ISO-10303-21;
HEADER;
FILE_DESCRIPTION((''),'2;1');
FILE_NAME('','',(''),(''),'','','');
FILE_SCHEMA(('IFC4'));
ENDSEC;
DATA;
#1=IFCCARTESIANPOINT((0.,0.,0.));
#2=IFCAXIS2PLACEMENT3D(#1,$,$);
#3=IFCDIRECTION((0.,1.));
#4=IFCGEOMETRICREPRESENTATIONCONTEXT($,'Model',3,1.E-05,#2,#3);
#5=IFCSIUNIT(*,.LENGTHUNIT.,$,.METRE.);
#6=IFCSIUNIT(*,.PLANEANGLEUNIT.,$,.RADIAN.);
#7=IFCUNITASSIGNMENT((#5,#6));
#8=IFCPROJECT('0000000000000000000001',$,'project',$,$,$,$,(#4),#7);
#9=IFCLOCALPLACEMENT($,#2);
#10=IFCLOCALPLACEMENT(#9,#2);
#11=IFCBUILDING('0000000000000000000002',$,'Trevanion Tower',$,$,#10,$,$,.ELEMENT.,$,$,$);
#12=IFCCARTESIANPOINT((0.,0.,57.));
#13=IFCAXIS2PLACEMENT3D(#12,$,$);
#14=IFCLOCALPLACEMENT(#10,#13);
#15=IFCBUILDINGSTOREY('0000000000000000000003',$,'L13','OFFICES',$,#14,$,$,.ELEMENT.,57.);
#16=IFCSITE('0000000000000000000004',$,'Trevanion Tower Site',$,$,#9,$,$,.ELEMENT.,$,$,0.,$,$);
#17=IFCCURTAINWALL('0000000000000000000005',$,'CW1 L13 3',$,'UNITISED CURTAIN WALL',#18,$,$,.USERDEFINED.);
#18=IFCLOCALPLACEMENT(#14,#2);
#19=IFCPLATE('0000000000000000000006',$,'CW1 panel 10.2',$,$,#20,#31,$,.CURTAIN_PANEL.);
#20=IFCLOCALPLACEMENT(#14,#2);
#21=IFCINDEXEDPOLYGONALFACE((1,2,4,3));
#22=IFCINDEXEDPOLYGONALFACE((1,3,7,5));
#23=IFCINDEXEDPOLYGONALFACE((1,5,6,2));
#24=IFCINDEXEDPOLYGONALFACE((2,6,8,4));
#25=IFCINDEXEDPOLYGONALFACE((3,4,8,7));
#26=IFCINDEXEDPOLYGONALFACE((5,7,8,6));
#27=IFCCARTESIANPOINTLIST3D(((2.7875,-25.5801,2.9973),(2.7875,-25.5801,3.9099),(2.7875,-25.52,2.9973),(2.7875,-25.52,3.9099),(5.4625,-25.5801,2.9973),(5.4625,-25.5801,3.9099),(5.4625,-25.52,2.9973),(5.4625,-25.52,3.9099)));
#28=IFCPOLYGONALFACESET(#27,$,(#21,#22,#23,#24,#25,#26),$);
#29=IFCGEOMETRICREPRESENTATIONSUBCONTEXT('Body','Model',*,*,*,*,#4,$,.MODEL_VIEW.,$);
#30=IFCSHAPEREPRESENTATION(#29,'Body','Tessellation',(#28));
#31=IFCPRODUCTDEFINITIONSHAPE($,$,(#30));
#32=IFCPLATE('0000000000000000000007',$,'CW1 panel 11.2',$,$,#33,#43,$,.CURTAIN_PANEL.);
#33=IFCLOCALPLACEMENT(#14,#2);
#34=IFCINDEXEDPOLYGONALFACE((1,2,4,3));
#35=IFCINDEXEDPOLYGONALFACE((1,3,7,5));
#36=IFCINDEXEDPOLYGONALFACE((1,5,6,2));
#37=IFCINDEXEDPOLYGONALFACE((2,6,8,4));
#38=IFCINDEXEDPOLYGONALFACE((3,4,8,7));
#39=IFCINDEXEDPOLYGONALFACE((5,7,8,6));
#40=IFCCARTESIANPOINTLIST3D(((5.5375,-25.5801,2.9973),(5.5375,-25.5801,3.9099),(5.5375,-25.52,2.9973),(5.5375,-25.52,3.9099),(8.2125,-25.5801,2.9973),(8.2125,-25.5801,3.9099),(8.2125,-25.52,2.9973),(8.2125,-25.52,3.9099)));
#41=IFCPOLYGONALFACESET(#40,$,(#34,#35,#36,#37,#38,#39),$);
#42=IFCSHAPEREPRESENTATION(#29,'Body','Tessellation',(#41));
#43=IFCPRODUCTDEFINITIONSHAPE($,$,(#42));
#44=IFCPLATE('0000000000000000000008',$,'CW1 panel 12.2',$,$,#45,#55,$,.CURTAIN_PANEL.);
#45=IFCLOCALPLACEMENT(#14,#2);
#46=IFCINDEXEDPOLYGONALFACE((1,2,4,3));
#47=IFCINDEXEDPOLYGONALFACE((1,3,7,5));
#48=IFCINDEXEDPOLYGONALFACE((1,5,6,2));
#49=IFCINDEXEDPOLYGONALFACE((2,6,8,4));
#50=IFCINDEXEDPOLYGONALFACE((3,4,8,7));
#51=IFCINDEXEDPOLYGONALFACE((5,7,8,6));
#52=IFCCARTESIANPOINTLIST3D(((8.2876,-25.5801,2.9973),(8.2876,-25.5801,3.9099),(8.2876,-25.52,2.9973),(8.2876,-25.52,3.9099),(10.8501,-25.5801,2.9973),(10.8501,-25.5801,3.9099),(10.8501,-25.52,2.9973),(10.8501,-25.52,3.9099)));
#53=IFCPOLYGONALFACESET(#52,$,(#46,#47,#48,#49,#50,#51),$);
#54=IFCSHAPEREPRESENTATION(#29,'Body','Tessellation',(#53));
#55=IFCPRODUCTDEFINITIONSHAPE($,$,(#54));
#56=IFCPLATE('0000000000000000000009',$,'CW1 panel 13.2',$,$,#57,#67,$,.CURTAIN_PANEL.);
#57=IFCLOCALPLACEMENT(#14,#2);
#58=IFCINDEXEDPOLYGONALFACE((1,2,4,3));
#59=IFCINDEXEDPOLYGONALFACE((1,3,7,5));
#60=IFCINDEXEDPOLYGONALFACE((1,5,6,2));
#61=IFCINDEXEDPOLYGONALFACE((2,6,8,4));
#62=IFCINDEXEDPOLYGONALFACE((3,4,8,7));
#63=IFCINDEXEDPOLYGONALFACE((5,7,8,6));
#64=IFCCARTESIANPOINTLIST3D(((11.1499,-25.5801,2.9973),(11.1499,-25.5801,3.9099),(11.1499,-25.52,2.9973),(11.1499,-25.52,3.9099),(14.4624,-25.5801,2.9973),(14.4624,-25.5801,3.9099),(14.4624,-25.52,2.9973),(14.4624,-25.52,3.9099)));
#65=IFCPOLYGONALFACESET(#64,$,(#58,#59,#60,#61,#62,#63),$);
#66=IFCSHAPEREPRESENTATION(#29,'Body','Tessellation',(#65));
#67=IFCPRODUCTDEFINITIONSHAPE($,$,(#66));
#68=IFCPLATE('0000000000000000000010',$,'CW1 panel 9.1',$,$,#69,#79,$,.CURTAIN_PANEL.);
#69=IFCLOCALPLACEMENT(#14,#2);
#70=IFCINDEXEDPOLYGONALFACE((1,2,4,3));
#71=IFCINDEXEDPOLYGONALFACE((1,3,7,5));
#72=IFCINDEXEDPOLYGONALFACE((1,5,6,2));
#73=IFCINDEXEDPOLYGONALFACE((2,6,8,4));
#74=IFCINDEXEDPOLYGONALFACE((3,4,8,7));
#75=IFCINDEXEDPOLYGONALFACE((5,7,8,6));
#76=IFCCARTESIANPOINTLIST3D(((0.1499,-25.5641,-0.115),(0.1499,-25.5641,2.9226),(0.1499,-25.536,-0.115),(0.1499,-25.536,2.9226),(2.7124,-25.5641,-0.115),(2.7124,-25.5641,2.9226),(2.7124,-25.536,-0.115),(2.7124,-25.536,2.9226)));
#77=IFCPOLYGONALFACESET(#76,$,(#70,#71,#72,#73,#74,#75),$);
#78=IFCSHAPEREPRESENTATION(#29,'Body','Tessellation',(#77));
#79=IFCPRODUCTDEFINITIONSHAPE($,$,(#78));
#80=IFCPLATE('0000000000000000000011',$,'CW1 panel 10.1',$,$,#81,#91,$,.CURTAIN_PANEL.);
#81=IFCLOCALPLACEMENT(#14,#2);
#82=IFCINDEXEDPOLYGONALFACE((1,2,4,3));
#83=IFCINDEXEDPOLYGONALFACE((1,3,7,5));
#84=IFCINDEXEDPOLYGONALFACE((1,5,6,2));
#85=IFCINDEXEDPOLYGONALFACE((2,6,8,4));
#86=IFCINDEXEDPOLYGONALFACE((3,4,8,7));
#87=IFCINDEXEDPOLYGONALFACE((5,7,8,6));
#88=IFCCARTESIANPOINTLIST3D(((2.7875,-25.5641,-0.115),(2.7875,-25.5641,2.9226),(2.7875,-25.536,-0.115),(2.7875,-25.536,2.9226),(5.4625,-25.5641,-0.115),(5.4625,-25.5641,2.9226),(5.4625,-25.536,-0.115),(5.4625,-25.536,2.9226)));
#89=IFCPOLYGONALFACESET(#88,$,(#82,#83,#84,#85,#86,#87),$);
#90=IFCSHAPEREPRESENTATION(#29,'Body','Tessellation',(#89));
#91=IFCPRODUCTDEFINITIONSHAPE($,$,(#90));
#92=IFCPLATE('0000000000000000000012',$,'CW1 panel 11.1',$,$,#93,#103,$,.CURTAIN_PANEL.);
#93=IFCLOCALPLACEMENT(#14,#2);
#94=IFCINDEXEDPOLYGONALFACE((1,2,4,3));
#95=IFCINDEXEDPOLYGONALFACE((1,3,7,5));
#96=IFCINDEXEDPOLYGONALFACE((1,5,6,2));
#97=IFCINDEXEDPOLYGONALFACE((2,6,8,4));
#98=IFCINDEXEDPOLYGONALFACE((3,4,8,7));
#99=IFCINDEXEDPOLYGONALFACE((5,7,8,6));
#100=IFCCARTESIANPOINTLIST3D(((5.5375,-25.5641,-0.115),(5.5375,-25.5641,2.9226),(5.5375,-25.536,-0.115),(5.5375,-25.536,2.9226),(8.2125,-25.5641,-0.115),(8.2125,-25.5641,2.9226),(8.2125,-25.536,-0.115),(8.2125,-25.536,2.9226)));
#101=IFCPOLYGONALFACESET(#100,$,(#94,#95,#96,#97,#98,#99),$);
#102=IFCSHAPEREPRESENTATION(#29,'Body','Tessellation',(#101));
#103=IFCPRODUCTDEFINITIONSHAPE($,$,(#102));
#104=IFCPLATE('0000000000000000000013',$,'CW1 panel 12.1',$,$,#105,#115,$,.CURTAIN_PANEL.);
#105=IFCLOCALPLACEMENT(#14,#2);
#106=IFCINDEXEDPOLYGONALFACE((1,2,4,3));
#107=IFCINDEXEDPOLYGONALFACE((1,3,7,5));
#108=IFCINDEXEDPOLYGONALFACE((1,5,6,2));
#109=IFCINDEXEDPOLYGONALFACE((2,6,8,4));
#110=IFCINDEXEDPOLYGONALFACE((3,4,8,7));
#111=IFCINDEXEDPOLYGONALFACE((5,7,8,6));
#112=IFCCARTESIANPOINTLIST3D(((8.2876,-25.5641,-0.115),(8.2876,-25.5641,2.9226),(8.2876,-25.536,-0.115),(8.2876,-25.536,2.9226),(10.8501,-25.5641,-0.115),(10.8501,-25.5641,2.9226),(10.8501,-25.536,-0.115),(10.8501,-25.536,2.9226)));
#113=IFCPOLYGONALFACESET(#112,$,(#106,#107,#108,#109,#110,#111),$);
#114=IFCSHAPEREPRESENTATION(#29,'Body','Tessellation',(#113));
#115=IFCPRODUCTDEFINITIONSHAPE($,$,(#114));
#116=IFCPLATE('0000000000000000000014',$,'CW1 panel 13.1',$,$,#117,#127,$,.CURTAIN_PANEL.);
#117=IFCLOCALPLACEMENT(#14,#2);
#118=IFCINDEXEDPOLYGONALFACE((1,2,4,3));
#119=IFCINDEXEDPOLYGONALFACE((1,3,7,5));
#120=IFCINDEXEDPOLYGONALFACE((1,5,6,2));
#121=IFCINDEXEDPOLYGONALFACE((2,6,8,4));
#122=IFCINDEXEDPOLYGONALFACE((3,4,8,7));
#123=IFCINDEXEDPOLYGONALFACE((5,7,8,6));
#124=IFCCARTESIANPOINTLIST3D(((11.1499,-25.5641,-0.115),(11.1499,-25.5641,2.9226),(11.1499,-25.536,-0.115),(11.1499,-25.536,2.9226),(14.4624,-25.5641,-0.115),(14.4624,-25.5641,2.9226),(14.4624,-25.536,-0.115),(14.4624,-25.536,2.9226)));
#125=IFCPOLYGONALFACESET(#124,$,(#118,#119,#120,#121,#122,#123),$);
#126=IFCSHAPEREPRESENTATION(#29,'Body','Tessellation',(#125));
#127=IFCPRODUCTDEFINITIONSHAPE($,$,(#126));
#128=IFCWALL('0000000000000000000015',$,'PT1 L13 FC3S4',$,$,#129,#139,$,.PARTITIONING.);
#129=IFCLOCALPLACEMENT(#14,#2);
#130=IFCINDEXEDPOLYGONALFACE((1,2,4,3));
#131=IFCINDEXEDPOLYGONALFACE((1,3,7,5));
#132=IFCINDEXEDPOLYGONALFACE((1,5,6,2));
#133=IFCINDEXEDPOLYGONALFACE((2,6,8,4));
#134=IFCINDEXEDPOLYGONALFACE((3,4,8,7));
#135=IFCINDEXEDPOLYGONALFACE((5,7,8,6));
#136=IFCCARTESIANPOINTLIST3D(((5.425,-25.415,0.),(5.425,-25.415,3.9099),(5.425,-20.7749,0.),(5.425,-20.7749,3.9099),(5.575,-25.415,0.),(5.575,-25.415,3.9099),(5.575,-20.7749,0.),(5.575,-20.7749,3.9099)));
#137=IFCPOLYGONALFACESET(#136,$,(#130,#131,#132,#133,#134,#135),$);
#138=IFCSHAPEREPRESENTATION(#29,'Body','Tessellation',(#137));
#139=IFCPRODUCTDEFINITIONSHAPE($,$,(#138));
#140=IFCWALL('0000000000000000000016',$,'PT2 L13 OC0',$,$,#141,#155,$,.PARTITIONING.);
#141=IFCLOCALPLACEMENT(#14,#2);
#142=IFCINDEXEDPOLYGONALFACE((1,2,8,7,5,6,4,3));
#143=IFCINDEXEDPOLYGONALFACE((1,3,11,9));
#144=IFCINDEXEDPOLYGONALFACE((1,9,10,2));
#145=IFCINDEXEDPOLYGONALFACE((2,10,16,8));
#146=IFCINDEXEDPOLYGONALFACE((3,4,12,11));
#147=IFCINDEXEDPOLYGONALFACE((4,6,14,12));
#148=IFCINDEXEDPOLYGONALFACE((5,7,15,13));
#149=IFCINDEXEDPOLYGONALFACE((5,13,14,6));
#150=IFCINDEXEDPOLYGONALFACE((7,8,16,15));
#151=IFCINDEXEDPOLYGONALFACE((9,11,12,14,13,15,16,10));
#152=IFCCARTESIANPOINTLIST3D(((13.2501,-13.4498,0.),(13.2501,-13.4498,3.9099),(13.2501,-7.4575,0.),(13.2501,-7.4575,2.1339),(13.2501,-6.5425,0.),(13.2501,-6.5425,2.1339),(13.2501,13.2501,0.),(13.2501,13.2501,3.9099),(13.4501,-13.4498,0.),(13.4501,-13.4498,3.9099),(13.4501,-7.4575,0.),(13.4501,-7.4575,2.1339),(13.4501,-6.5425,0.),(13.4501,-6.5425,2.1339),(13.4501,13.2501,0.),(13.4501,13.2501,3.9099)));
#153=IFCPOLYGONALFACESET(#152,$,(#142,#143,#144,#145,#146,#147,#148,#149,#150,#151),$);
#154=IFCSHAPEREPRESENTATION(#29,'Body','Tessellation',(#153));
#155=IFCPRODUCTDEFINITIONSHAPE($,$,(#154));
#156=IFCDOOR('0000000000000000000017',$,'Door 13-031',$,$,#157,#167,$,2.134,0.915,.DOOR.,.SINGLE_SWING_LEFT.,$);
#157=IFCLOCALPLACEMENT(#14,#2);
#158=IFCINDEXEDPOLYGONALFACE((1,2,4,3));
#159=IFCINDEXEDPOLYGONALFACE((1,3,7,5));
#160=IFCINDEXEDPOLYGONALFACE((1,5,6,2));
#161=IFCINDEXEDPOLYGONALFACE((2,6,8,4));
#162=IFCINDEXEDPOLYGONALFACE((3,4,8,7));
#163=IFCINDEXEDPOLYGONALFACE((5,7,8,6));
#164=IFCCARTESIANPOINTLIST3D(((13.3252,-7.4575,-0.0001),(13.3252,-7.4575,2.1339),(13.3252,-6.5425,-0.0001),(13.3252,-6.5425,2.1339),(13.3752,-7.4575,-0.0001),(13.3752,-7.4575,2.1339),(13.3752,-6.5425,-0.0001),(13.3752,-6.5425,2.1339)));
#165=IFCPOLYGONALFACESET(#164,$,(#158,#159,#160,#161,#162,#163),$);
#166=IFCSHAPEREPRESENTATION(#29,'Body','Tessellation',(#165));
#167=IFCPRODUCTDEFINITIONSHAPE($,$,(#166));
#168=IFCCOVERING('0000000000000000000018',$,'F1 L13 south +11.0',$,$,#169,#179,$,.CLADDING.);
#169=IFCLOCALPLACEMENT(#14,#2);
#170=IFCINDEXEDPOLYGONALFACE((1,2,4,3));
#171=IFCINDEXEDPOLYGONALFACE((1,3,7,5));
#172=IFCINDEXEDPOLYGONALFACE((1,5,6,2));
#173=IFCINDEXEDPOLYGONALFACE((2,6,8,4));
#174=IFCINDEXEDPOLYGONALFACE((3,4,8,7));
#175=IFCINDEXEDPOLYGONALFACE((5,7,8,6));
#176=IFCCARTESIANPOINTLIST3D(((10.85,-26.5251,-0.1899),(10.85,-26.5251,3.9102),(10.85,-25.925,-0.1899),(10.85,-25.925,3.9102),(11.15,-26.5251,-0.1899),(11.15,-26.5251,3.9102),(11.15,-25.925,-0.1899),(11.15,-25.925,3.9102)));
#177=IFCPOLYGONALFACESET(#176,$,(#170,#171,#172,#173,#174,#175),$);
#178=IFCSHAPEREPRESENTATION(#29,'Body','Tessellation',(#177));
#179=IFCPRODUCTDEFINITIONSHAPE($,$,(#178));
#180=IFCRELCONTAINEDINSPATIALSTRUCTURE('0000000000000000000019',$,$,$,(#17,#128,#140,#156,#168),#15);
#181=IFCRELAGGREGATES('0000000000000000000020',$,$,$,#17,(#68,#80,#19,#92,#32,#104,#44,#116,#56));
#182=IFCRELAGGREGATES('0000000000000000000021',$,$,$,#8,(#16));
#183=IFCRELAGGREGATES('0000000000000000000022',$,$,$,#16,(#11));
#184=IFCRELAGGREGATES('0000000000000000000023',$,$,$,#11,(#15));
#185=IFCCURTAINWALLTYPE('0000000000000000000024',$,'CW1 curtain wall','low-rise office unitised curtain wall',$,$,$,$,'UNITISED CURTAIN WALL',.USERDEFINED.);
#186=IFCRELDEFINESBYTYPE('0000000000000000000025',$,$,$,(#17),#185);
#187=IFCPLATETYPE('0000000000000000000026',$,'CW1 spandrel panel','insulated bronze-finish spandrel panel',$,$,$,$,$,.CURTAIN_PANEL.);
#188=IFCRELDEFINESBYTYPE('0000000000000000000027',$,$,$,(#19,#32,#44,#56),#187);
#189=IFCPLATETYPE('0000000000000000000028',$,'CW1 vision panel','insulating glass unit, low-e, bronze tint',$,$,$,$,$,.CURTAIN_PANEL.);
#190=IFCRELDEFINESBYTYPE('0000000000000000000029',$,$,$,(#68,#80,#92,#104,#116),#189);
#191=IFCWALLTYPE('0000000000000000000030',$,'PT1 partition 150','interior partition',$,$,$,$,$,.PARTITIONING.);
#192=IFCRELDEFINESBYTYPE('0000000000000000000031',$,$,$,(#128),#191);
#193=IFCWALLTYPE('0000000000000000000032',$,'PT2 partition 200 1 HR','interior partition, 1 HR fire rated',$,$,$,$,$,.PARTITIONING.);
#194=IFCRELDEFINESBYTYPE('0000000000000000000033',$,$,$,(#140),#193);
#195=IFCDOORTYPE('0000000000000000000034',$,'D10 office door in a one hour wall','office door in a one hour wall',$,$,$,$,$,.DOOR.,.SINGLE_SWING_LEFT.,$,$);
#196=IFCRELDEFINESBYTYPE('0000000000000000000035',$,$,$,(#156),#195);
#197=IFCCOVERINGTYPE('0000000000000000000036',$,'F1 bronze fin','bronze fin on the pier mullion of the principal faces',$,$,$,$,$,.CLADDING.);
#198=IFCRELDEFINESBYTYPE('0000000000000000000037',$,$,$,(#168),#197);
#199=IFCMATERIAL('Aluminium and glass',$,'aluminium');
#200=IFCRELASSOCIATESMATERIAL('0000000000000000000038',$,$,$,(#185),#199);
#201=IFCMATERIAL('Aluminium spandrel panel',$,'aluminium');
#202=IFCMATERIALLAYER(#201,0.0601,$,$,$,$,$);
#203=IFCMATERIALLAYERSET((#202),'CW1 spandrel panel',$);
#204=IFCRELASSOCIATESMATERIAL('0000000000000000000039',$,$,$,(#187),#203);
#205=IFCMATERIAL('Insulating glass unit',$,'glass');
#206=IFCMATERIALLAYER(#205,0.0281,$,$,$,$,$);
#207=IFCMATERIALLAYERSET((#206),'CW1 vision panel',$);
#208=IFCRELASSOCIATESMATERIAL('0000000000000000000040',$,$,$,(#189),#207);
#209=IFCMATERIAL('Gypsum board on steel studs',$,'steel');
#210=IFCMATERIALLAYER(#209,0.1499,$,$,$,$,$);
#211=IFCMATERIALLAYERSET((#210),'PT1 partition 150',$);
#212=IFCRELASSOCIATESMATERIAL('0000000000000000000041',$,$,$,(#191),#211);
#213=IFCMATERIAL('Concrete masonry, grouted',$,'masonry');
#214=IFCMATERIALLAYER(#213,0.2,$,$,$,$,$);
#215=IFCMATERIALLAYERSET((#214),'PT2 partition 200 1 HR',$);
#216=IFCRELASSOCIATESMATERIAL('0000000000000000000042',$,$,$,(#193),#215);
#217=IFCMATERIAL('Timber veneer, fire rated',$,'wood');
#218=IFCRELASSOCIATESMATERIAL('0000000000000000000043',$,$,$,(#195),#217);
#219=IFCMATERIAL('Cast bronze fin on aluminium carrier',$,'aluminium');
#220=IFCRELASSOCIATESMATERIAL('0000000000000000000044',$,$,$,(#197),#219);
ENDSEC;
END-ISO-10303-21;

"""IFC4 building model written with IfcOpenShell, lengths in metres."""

from ifc_helpers import new_model, si_unit, direction, frame, frame_2d, origin, origin_2d, place, context, subcontext, project, spatial, rectangle, extrude, material, layer, layer_set, type_object, element, fill, aggregate, save


model = new_model("IFC4")

# Units and contexts
model_context = context("Model", 3, precision=1e-05, world=origin(), true_north=direction((0.0, 1.0)))
body_context = subcontext(model_context, "Body", "Model", "MODEL_VIEW")
ifc_project = project(units=[si_unit("LENGTHUNIT", "METRE"), si_unit("PLANEANGLEUNIT", "RADIAN")], contexts=[model_context])

# Site, building, storey
site_placement = place(None, origin())
site = spatial("IfcSite", under=ifc_project, at=site_placement, Name="Trevanion Tower Site", CompositionType="ELEMENT", RefElevation=0.0)
building_placement = place(site_placement, origin())
building = spatial("IfcBuilding", under=site, at=building_placement, Name="Trevanion Tower", CompositionType="ELEMENT")
storey_placement = place(building_placement, frame((0.0, 0.0, 57.0)))
storey = spatial("IfcBuildingStorey", under=building, at=storey_placement, Name="L13", Description="OFFICES", CompositionType="ELEMENT", Elevation=57.0)

# Curtain wall
ifc_material_1 = material(Name="Aluminium and glass", Category="aluminium")
curtain_wall_type = type_object("IfcCurtainWallType", Name="CW1 curtain wall", Description="low-rise office unitised curtain wall", ElementType="UNITISED CURTAIN WALL", PredefinedType="USERDEFINED", material=ifc_material_1)
curtain_wall_placement = place(storey_placement, origin())
curtain_wall = element("IfcCurtainWall", 1, at=curtain_wall_placement, inside=storey, type_object=curtain_wall_type, Name="CW1 L13 3", ObjectType="UNITISED CURTAIN WALL", PredefinedType="USERDEFINED")

# Plates
ifc_material_2 = material(Name="Aluminium spandrel panel", Category="aluminium")
ifc_layer_1 = layer(ifc_material_2, 0.0601)
ifc_layer_set_1 = layer_set([ifc_layer_1], Name="CW1 spandrel panel")
plate_type_1 = type_object("IfcPlateType", Name="CW1 spandrel panel", Description="insulated bronze-finish spandrel panel", PredefinedType="CURTAIN_PANEL", material=ifc_layer_set_1)
plate_1_placement = place(storey_placement, frame((4.125, -25.55, 2.9973), z_axis=(0.0, 0.0, 1.0), x_axis=(1.0, 0.0, 0.0)))
plate_1 = element("IfcPlate", 2, at=plate_1_placement, type_object=plate_type_1, Name="CW1 panel 10.2", PredefinedType="CURTAIN_PANEL", context=body_context, shape_type="SweptSolid", body=[
    extrude(rectangle(XDim=2.675, YDim=0.0601, at=origin_2d()), origin(), (0.0, 0.0, 1.0), 0.9126),
])
plate_2_placement = place(storey_placement, frame((6.875, -25.55, 2.9973), z_axis=(0.0, 0.0, 1.0), x_axis=(1.0, 0.0, 0.0)))
plate_2 = element("IfcPlate", 3, at=plate_2_placement, type_object=plate_type_1, Name="CW1 panel 11.2", PredefinedType="CURTAIN_PANEL", context=body_context, shape_type="SweptSolid", body=[
    extrude(rectangle(XDim=2.675, YDim=0.0601, at=origin_2d()), origin(), (0.0, 0.0, 1.0), 0.9126),
])
plate_3_placement = place(storey_placement, frame((9.5688, -25.55, 2.9973), z_axis=(0.0, 0.0, 1.0), x_axis=(1.0, 0.0, 0.0)))
plate_3 = element("IfcPlate", 4, at=plate_3_placement, type_object=plate_type_1, Name="CW1 panel 12.2", PredefinedType="CURTAIN_PANEL", context=body_context, shape_type="SweptSolid", body=[
    extrude(rectangle(XDim=2.5625, YDim=0.0601, at=origin_2d()), origin(), (0.0, 0.0, 1.0), 0.9126),
])
plate_4_placement = place(storey_placement, frame((12.8062, -25.55, 2.9973), z_axis=(0.0, 0.0, 1.0), x_axis=(1.0, 0.0, 0.0)))
plate_4 = element("IfcPlate", 5, at=plate_4_placement, type_object=plate_type_1, Name="CW1 panel 13.2", PredefinedType="CURTAIN_PANEL", context=body_context, shape_type="SweptSolid", body=[
    extrude(rectangle(XDim=3.3125, YDim=0.0601, at=origin_2d()), origin(), (0.0, 0.0, 1.0), 0.9126),
])
ifc_material_3 = material(Name="Insulating glass unit", Category="glass")
ifc_layer_2 = layer(ifc_material_3, 0.0281)
ifc_layer_set_2 = layer_set([ifc_layer_2], Name="CW1 vision panel")
plate_type_2 = type_object("IfcPlateType", Name="CW1 vision panel", Description="insulating glass unit, low-e, bronze tint", PredefinedType="CURTAIN_PANEL", material=ifc_layer_set_2)
plate_5_placement = place(storey_placement, frame((1.4312, -25.55, -0.115), z_axis=(0.0, 0.0, 1.0), x_axis=(1.0, 0.0, 0.0)))
plate_5 = element("IfcPlate", 6, at=plate_5_placement, type_object=plate_type_2, Name="CW1 panel 9.1", PredefinedType="CURTAIN_PANEL", context=body_context, shape_type="SweptSolid", body=[
    extrude(rectangle(XDim=2.5625, YDim=0.0281, at=origin_2d()), origin(), (0.0, 0.0, 1.0), 3.0376),
])
plate_6_placement = place(storey_placement, frame((4.125, -25.55, -0.115), z_axis=(0.0, 0.0, 1.0), x_axis=(1.0, 0.0, 0.0)))
plate_6 = element("IfcPlate", 7, at=plate_6_placement, type_object=plate_type_2, Name="CW1 panel 10.1", PredefinedType="CURTAIN_PANEL", context=body_context, shape_type="SweptSolid", body=[
    extrude(rectangle(XDim=2.675, YDim=0.0281, at=origin_2d()), origin(), (0.0, 0.0, 1.0), 3.0376),
])
plate_7_placement = place(storey_placement, frame((6.875, -25.55, -0.115), z_axis=(0.0, 0.0, 1.0), x_axis=(1.0, 0.0, 0.0)))
plate_7 = element("IfcPlate", 8, at=plate_7_placement, type_object=plate_type_2, Name="CW1 panel 11.1", PredefinedType="CURTAIN_PANEL", context=body_context, shape_type="SweptSolid", body=[
    extrude(rectangle(XDim=2.675, YDim=0.0281, at=origin_2d()), origin(), (0.0, 0.0, 1.0), 3.0376),
])
plate_8_placement = place(storey_placement, frame((9.5688, -25.55, -0.115), z_axis=(0.0, 0.0, 1.0), x_axis=(1.0, 0.0, 0.0)))
plate_8 = element("IfcPlate", 9, at=plate_8_placement, type_object=plate_type_2, Name="CW1 panel 12.1", PredefinedType="CURTAIN_PANEL", context=body_context, shape_type="SweptSolid", body=[
    extrude(rectangle(XDim=2.5625, YDim=0.0281, at=origin_2d()), origin(), (0.0, 0.0, 1.0), 3.0376),
])
plate_9_placement = place(storey_placement, frame((12.8062, -25.55, -0.115), z_axis=(0.0, 0.0, 1.0), x_axis=(1.0, 0.0, 0.0)))
plate_9 = element("IfcPlate", 10, at=plate_9_placement, type_object=plate_type_2, Name="CW1 panel 13.1", PredefinedType="CURTAIN_PANEL", context=body_context, shape_type="SweptSolid", body=[
    extrude(rectangle(XDim=3.3125, YDim=0.0281, at=origin_2d()), origin(), (0.0, 0.0, 1.0), 3.0376),
])
aggregate(curtain_wall, [plate_5, plate_6, plate_1, plate_7, plate_2, plate_8, plate_3, plate_9, plate_4])

# Wall
ifc_material_4 = material(Name="Gypsum board on steel studs", Category="steel")
ifc_layer_3 = layer(ifc_material_4, 0.1499)
ifc_layer_set_3 = layer_set([ifc_layer_3], Name="PT1 partition 150")
wall_type_1 = type_object("IfcWallType", Name="PT1 partition 150", Description="interior partition", PredefinedType="PARTITIONING", material=ifc_layer_set_3)
wall_1_placement = place(storey_placement, frame((5.5, -20.7749, 0.0), z_axis=(0.0, 0.0, 1.0), x_axis=(0.0, -1.0, 0.0)))
element("IfcWall", 11, at=wall_1_placement, inside=storey, type_object=wall_type_1, Name="PT1 L13 FC3S4", PredefinedType="PARTITIONING", context=body_context, shape_type="SweptSolid", body=[
    extrude(rectangle(XDim=4.6401, YDim=0.1499, at=frame_2d((2.3201, 0.0))), origin(), (0.0, 0.0, 1.0), 3.9099),
])

# Wall, opening, door
ifc_material_5 = material(Name="Concrete masonry, grouted", Category="masonry")
ifc_layer_4 = layer(ifc_material_5, 0.2)
ifc_layer_set_4 = layer_set([ifc_layer_4], Name="PT2 partition 200 1 HR")
wall_type_2 = type_object("IfcWallType", Name="PT2 partition 200 1 HR", Description="interior partition, 1 HR fire rated", PredefinedType="PARTITIONING", material=ifc_layer_set_4)
wall_2_placement = place(storey_placement, frame((13.3501, -13.45, 0.0), z_axis=(0.0, 0.0, 1.0), x_axis=(0.0, 1.0, 0.0)))
wall_2 = element("IfcWall", 12, at=wall_2_placement, inside=storey, type_object=wall_type_2, Name="PT2 L13 OC0", PredefinedType="PARTITIONING", context=body_context, shape_type="SweptSolid", body=[
    extrude(rectangle(XDim=26.7, YDim=0.2, at=frame_2d((13.3501, 0.0))), origin(), (0.0, 0.0, 1.0), 3.9099),
])
opening_placement = place(wall_2_placement, frame((5.9924, 0.0, 0.0)))
opening = element("IfcOpeningElement", 13, at=opening_placement, cuts=wall_2, PredefinedType="OPENING", context=body_context, shape_type="SweptSolid", body=[
    extrude(rectangle(XDim=0.915, YDim=2.134, at=frame_2d((0.4575, 1.0669))), frame((0.0, 0.1099, 0.0), z_axis=(0.0, -1.0, 0.0), x_axis=(1.0, 0.0, 0.0)), (0.0, 0.0, 1.0), 0.22),
])
ifc_material_6 = material(Name="Timber veneer, fire rated", Category="wood")
door_type = type_object("IfcDoorType", Name="D10 office door in a one hour wall", Description="office door in a one hour wall", OperationType="SINGLE_SWING_LEFT", PredefinedType="DOOR", material=ifc_material_6)
door_placement = place(opening_placement, origin())
door = element("IfcDoor", 14, at=door_placement, inside=storey, type_object=door_type, Name="Door 13-031", OperationType="SINGLE_SWING_LEFT", OverallHeight=2.134, OverallWidth=0.915, PredefinedType="DOOR", context=body_context, shape_type="SweptSolid", body=[
    extrude(rectangle(XDim=0.915, YDim=2.134, at=frame_2d((0.4575, 1.0669))), frame((0.0, 0.0249, 0.0), z_axis=(0.0, -1.0, 0.0), x_axis=(1.0, 0.0, 0.0)), (0.0, 0.0, 1.0), 0.05),
])
fill(opening, door)

# Covering
ifc_material_7 = material(Name="Cast bronze fin on aluminium carrier", Category="aluminium")
covering_type = type_object("IfcCoveringType", Name="F1 bronze fin", Description="bronze fin on the pier mullion of the principal faces", PredefinedType="CLADDING", material=ifc_material_7)
covering_placement = place(storey_placement, frame((11.0, -26.2251, -0.1899), z_axis=(0.0, 0.0, 1.0), x_axis=(1.0, 0.0, 0.0)))
element("IfcCovering", 15, at=covering_placement, inside=storey, type_object=covering_type, Name="F1 L13 south +11.0", PredefinedType="CLADDING", context=body_context, shape_type="SweptSolid", body=[
    extrude(rectangle(XDim=0.3, YDim=0.6001, at=origin_2d()), origin(), (0.0, 0.0, 1.0), 4.1001),
])

save(model, "model.ifc")
